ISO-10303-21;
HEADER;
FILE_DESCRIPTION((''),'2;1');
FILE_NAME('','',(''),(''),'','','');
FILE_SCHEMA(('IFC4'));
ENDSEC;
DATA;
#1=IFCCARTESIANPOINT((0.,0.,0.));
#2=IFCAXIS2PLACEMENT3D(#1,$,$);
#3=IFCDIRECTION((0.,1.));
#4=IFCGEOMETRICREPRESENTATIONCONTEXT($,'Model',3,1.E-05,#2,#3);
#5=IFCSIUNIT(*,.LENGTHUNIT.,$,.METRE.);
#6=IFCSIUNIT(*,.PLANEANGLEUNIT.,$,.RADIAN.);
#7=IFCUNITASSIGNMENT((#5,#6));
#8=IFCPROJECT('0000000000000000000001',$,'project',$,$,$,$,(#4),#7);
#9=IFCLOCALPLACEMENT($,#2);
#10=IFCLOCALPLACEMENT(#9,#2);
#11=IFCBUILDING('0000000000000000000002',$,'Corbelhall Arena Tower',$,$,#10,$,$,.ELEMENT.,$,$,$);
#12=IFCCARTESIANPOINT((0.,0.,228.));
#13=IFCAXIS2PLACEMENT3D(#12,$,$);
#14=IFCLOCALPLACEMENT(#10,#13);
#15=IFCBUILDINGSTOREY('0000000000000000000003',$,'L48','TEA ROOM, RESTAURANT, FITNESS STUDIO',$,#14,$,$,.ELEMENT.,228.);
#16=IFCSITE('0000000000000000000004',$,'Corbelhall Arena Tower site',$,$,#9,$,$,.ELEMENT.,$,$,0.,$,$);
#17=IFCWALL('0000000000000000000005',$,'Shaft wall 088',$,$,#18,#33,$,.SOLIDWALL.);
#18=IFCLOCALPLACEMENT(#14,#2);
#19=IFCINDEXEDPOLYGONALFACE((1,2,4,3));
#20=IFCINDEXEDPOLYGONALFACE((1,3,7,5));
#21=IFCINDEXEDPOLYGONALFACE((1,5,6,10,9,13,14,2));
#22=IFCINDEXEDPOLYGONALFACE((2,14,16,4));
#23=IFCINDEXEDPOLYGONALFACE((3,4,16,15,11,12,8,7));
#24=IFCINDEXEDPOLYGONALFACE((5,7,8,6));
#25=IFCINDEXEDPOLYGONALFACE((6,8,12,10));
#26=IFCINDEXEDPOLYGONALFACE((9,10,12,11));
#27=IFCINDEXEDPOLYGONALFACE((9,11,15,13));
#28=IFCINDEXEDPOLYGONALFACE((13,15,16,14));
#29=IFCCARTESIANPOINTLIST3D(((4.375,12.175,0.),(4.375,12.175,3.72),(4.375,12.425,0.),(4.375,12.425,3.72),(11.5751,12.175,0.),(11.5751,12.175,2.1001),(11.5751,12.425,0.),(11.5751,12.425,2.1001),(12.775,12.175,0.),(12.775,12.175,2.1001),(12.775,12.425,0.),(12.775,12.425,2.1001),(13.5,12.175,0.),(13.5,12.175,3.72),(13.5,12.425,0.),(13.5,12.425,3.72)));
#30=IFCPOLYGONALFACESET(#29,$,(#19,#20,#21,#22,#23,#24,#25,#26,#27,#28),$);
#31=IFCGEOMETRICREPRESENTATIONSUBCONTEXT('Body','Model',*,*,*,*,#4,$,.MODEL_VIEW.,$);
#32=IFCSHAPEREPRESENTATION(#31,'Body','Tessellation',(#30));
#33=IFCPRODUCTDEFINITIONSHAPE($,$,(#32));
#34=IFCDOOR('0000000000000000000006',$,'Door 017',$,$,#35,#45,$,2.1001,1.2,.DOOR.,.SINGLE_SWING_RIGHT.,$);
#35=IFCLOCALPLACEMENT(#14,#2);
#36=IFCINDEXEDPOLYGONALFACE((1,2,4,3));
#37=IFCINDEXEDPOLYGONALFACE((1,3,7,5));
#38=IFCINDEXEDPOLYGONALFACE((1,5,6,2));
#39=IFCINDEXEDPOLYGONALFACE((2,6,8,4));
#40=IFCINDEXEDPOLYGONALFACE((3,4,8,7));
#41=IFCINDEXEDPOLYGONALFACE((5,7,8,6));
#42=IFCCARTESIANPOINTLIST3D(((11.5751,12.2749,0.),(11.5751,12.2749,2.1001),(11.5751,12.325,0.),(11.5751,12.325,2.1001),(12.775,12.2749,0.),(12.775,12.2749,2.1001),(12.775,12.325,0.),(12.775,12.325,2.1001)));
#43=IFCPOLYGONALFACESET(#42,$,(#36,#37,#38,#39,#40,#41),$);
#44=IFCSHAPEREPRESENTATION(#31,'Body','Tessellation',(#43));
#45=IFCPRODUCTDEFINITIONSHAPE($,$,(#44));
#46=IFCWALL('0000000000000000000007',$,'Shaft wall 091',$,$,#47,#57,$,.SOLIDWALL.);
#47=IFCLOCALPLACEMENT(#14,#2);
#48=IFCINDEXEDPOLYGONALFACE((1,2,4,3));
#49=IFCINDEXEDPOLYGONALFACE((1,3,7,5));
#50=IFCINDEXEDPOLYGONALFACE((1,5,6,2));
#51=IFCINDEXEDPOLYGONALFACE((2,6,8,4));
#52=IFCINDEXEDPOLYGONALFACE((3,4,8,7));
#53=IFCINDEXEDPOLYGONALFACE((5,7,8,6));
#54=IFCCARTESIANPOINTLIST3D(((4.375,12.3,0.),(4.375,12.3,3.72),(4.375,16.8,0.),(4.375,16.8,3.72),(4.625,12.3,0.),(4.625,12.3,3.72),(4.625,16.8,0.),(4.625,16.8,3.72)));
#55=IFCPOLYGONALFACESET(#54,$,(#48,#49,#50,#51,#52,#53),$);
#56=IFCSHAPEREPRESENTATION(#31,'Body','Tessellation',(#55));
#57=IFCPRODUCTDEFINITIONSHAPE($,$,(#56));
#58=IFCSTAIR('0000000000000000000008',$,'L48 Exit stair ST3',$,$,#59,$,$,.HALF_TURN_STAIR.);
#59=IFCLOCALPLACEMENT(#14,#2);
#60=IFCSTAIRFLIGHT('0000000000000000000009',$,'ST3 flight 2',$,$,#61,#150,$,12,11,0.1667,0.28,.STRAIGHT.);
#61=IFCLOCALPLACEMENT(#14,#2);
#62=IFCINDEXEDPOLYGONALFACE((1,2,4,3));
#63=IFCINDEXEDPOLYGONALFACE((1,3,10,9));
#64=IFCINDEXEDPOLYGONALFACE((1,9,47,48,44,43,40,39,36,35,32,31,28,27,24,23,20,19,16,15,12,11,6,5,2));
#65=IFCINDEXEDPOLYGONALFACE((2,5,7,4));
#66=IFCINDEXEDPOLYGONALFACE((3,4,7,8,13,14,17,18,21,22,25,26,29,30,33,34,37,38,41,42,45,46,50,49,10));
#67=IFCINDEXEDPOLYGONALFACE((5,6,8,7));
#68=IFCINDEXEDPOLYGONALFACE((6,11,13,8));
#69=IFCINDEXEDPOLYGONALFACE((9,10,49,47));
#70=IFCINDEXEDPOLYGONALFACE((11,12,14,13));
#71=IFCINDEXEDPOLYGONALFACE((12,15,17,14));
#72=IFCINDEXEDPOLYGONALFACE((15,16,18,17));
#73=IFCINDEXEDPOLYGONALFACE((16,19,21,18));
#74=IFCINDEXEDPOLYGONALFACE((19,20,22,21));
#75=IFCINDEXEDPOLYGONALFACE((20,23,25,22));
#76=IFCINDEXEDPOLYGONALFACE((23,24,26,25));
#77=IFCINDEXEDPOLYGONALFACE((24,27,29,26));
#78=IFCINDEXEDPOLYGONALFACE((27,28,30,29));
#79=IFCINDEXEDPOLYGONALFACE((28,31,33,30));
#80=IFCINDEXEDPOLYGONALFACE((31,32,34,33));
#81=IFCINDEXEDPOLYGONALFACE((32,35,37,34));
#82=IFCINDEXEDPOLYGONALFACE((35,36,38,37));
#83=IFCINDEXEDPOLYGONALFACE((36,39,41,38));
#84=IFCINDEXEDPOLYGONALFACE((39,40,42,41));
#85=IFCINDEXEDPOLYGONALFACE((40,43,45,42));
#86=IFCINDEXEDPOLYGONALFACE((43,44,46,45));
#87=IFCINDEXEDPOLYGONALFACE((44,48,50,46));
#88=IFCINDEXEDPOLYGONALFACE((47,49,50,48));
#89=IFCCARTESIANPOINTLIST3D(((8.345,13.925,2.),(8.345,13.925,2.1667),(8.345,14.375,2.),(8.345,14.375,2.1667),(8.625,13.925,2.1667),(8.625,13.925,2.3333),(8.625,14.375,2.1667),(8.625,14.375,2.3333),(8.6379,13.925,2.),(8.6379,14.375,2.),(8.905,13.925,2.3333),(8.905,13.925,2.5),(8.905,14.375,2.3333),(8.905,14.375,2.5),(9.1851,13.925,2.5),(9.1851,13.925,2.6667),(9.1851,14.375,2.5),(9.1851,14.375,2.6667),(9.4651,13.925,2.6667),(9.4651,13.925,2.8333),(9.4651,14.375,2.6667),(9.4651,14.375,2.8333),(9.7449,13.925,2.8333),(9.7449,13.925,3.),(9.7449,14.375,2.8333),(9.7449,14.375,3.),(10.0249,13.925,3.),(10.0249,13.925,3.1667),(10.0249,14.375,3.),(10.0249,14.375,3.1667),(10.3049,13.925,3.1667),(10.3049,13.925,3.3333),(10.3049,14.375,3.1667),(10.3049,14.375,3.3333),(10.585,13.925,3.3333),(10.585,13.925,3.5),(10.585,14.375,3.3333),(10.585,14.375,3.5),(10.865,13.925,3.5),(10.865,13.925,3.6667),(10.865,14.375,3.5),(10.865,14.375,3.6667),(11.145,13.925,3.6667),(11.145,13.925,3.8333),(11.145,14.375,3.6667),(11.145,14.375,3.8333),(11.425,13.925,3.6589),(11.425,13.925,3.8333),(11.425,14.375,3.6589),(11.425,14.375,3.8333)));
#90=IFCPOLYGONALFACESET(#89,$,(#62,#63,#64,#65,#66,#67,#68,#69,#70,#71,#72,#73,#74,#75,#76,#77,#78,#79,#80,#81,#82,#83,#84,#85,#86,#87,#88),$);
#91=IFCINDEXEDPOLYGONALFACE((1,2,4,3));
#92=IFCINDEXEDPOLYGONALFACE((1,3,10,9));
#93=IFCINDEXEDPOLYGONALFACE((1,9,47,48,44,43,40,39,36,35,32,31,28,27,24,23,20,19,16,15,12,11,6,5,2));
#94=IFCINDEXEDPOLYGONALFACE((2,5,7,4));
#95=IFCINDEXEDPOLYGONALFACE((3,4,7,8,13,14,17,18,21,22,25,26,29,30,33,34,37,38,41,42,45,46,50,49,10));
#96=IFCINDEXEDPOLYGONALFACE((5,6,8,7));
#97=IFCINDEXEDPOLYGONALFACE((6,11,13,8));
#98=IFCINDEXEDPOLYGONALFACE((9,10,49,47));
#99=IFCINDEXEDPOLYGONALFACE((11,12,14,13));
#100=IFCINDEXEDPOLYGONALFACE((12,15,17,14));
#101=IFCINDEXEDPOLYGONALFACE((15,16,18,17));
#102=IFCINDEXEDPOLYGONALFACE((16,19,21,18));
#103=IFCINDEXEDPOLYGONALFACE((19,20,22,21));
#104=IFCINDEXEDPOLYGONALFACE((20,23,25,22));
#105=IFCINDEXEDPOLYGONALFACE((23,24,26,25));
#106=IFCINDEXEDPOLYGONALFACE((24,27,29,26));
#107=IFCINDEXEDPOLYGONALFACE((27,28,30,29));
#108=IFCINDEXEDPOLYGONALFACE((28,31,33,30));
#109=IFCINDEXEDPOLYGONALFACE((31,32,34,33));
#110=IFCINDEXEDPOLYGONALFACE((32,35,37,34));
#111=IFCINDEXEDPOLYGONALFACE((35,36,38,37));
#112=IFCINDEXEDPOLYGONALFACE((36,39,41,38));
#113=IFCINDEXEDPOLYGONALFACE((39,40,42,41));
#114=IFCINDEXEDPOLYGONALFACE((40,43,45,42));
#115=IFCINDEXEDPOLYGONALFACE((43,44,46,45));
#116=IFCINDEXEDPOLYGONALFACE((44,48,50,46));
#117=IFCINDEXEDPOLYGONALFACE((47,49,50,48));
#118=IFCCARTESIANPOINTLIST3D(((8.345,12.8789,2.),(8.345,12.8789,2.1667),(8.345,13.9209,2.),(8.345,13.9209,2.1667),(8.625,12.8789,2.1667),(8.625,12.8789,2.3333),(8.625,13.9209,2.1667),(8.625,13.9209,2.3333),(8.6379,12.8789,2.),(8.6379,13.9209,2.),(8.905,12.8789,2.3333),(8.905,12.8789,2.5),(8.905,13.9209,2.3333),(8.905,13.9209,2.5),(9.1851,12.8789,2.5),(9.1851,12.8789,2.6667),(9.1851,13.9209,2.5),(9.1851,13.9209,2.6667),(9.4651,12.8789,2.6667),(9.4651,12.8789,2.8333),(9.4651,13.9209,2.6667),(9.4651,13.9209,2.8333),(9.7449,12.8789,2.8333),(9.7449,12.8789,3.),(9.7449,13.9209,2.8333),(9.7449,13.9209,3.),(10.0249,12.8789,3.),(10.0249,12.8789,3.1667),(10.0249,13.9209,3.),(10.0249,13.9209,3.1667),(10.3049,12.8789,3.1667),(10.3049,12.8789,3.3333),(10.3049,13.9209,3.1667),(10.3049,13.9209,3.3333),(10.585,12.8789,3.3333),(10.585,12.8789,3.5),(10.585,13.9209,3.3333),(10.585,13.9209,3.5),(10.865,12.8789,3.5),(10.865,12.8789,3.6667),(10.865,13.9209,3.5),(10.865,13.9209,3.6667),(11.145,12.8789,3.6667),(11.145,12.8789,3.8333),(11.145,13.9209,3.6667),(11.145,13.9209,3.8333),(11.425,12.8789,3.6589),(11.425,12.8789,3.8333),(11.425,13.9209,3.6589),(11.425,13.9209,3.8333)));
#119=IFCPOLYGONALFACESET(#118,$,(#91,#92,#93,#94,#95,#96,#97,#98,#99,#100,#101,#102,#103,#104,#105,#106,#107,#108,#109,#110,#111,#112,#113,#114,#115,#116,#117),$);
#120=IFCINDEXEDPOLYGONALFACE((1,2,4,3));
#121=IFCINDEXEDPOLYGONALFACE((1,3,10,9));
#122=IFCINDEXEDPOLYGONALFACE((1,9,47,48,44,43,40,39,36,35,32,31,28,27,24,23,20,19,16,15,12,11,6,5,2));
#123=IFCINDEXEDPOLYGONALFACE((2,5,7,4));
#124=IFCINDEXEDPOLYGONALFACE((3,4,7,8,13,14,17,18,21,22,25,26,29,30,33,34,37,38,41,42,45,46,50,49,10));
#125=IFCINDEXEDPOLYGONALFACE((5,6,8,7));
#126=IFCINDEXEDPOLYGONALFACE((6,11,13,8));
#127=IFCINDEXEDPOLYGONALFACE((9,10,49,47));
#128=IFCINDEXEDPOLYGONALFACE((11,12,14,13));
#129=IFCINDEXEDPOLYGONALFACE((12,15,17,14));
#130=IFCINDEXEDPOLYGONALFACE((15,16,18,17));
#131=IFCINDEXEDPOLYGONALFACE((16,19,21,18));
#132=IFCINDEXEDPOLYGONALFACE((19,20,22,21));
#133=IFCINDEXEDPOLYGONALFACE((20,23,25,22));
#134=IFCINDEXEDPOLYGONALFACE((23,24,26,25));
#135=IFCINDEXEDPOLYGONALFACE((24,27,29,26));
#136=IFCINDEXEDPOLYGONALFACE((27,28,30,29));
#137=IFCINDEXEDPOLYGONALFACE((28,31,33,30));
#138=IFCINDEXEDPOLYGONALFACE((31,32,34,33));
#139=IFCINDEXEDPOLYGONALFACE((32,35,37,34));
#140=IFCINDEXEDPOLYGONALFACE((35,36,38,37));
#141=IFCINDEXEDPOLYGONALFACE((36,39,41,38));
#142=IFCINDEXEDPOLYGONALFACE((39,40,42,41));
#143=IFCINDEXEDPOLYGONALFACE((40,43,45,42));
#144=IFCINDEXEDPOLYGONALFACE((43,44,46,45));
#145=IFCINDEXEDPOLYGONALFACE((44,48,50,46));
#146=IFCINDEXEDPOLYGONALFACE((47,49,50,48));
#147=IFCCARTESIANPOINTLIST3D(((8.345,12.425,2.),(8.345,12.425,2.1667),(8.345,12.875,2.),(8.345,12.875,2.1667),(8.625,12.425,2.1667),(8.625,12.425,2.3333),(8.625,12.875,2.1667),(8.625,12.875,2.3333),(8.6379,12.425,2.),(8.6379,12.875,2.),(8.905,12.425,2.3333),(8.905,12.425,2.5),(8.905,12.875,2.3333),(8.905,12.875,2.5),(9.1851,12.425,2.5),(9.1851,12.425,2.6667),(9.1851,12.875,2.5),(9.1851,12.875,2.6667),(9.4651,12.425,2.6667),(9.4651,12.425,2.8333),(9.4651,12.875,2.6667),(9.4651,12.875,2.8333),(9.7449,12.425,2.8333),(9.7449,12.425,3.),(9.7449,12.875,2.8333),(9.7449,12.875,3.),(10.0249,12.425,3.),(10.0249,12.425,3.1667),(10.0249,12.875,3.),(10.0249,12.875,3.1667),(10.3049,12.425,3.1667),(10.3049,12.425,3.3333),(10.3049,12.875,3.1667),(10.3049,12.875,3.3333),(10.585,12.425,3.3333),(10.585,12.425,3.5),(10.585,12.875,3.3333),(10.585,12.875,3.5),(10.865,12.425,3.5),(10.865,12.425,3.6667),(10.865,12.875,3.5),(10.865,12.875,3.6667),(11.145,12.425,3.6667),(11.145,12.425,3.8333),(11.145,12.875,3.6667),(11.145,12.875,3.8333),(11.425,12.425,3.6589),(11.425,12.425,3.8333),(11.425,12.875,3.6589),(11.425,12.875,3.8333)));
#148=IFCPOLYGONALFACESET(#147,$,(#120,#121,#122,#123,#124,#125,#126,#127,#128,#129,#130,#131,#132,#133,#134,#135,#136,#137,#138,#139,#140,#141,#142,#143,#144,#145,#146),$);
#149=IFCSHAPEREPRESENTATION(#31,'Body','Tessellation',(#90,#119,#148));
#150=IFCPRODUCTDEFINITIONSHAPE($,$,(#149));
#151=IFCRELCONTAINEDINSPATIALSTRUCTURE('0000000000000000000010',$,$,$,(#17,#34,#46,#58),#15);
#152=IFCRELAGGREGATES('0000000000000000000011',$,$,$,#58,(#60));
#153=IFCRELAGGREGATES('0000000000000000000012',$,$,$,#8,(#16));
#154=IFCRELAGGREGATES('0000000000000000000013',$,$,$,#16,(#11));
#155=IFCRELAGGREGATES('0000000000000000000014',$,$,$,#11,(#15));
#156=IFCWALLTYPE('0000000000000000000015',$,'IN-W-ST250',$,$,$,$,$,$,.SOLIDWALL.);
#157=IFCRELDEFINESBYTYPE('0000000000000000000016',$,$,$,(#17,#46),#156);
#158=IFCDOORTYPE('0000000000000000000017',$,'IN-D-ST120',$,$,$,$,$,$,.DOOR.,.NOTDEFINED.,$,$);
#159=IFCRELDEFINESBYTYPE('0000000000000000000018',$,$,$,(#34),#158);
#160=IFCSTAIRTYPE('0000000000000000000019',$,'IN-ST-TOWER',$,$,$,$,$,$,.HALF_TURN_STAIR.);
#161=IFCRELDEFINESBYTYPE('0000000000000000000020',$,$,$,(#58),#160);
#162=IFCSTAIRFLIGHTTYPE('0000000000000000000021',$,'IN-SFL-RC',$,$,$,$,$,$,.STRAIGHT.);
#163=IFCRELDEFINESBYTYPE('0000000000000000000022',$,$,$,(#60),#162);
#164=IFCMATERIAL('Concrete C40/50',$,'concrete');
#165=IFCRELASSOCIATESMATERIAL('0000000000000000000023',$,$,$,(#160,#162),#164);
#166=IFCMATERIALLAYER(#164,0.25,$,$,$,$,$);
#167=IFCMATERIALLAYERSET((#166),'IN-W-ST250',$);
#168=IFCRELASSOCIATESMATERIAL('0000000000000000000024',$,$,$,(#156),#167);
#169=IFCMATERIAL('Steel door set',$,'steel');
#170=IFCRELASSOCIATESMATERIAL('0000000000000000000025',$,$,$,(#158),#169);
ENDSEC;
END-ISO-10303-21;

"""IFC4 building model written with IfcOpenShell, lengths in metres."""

from ifc_helpers import new_model, si_unit, direction, frame, frame_2d, origin, place, context, subcontext, project, spatial, polyline, rectangle, outline, extrude, material, layer, layer_set, type_object, element, fill, aggregate, save


model = new_model("IFC4")

# Units and contexts
model_context = context("Model", 3, precision=1e-05, world=origin(), true_north=direction((0.0, 1.0)))
body_context = subcontext(model_context, "Body", "Model", "MODEL_VIEW")
ifc_project = project(units=[si_unit("LENGTHUNIT", "METRE"), si_unit("PLANEANGLEUNIT", "RADIAN")], contexts=[model_context])

# Site, building, storey
site_placement = place(None, origin())
site = spatial("IfcSite", under=ifc_project, at=site_placement, Name="Corbelhall Arena Tower site", CompositionType="ELEMENT", RefElevation=0.0)
building_placement = place(site_placement, origin())
building = spatial("IfcBuilding", under=site, at=building_placement, Name="Corbelhall Arena Tower", CompositionType="ELEMENT")
storey_placement = place(building_placement, frame((0.0, 0.0, 228.0)))
storey = spatial("IfcBuildingStorey", under=building, at=storey_placement, Name="L48", Description="TEA ROOM, RESTAURANT, FITNESS STUDIO", CompositionType="ELEMENT", Elevation=228.0)

# Shared definitions
ifc_material_1 = material(Name="Concrete C40/50", Category="concrete")
stair_type = type_object("IfcStairType", Name="IN-ST-TOWER", PredefinedType="HALF_TURN_STAIR", material=ifc_material_1)

# Shared definitions
ifc_material_2 = material(Name="Steel door set", Category="steel")

# Wall, opening, door
ifc_layer_1 = layer(ifc_material_1, 0.25)
ifc_layer_set_1 = layer_set([ifc_layer_1], Name="IN-W-ST250")
wall_type_1 = type_object("IfcWallType", Name="IN-W-ST250", PredefinedType="SOLIDWALL", material=ifc_layer_set_1)
wall_1_placement = place(storey_placement, frame((4.375, 12.3, 0.0), z_axis=(0.0, 0.0, 1.0), x_axis=(1.0, 0.0, 0.0)))
wall_1 = element("IfcWall", 1, at=wall_1_placement, inside=storey, type_object=wall_type_1, Name="Shaft wall 088", PredefinedType="SOLIDWALL", context=body_context, shape_type="SweptSolid", body=[
    extrude(rectangle(XDim=9.125, YDim=0.25, at=frame_2d((4.5625, 0.0))), origin(), (0.0, 0.0, 1.0), 3.72),
])
opening_1_placement = place(wall_1_placement, frame((7.2, 0.0, 0.0)))
opening_1 = element("IfcOpeningElement", 2, at=opening_1_placement, cuts=wall_1, PredefinedType="OPENING", context=body_context, shape_type="SweptSolid", body=[
    extrude(rectangle(XDim=1.2, YDim=2.1001, at=frame_2d((0.6001, 1.05))), frame((0.0, 0.125, 0.0), z_axis=(0.0, -1.0, 0.0), x_axis=(1.0, 0.0, 0.0)), (0.0, 0.0, 1.0), 0.25),
])
door_type_1 = type_object("IfcDoorType", Name="IN-D-ST120", OperationType="NOTDEFINED", PredefinedType="DOOR", material=ifc_material_2)
door_1_placement = place(opening_1_placement, origin())
door_1 = element("IfcDoor", 3, at=door_1_placement, inside=storey, type_object=door_type_1, Name="Door 017", OperationType="SINGLE_SWING_RIGHT", OverallHeight=2.1001, OverallWidth=1.2, PredefinedType="DOOR", context=body_context, shape_type="SweptSolid", body=[
    extrude(rectangle(XDim=1.2, YDim=2.1001, at=frame_2d((0.6001, 1.05))), frame((0.0, 0.0249, 0.0), z_axis=(0.0, -1.0, 0.0), x_axis=(1.0, 0.0, 0.0)), (0.0, 0.0, 1.0), 0.05),
])
fill(opening_1, door_1)

# Wall
wall_2_placement = place(storey_placement, frame((4.5, 12.3, 0.0), z_axis=(0.0, 0.0, 1.0), x_axis=(0.0, 1.0, 0.0)))
element("IfcWall", 4, at=wall_2_placement, inside=storey, type_object=wall_type_1, Name="Shaft wall 091", PredefinedType="SOLIDWALL", context=body_context, shape_type="SweptSolid", body=[
    extrude(rectangle(XDim=4.5, YDim=0.25, at=frame_2d((2.25, 0.0))), origin(), (0.0, 0.0, 1.0), 3.72),
])

# Stair, stair flight
stair_1_placement = place(storey_placement, origin())
stair_1 = element("IfcStair", 5, at=stair_1_placement, inside=storey, type_object=stair_type, Name="L48 Exit stair ST3", PredefinedType="HALF_TURN_STAIR")
stair_flight_type = type_object("IfcStairFlightType", Name="IN-SFL-RC", PredefinedType="STRAIGHT", material=ifc_material_1)
stair_flight_placement = place(storey_placement, frame((8.345, 13.3999, 2.0), z_axis=(0.0, 0.0, 1.0), x_axis=(1.0, 0.0, 0.0)))
stair_flight = element("IfcStairFlight", 6, at=stair_flight_placement, type_object=stair_flight_type, Name="ST3 flight 2", NumberOfRisers=12, NumberOfTreads=11, PredefinedType="STRAIGHT", RiserHeight=0.1667, TreadLength=0.28, context=body_context, shape_type="SweptSolid", body=[
    extrude(outline(polyline([(0.0, 0.0), (0.0, 0.1667), (0.28, 0.1667), (0.28, 0.3333), (0.5601, 0.3333), (0.5601, 0.5), (0.8401, 0.5), (0.8401, 0.6667), (1.1201, 0.6667), (1.1201, 0.8333), (1.3999, 0.8333), (1.3999, 1.0), (1.6799, 1.0), (1.6799, 1.1667), (1.96, 1.1667), (1.96, 1.3333), (2.24, 1.3333), (2.24, 1.5), (2.52, 1.5), (2.52, 1.6667), (2.8, 1.6667), (2.8, 1.8333), (3.0801, 1.8333), (3.0801, 2.0), (3.0801, 1.6589), (0.293, 0.0), (0.0, 0.0)])), frame((0.0, 0.9751, 0.0), z_axis=(0.0, -1.0, 0.0), x_axis=(1.0, 0.0, 0.0)), (0.0, 0.0, 1.0), 0.45),
    extrude(outline(polyline([(0.0, 0.0), (0.0, 0.1667), (0.28, 0.1667), (0.28, 0.3333), (0.5601, 0.3333), (0.5601, 0.5), (0.8401, 0.5), (0.8401, 0.6667), (1.1201, 0.6667), (1.1201, 0.8333), (1.3999, 0.8333), (1.3999, 1.0), (1.6799, 1.0), (1.6799, 1.1667), (1.96, 1.1667), (1.96, 1.3333), (2.24, 1.3333), (2.24, 1.5), (2.52, 1.5), (2.52, 1.6667), (2.8, 1.6667), (2.8, 1.8333), (3.0801, 1.8333), (3.0801, 2.0), (3.0801, 1.6589), (0.293, 0.0), (0.0, 0.0)])), frame((0.0, 0.521, 0.0), z_axis=(0.0, -1.0, 0.0), x_axis=(1.0, 0.0, 0.0)), (0.0, 0.0, 1.0), 1.042),
    extrude(outline(polyline([(0.0, 0.0), (0.0, 0.1667), (0.28, 0.1667), (0.28, 0.3333), (0.5601, 0.3333), (0.5601, 0.5), (0.8401, 0.5), (0.8401, 0.6667), (1.1201, 0.6667), (1.1201, 0.8333), (1.3999, 0.8333), (1.3999, 1.0), (1.6799, 1.0), (1.6799, 1.1667), (1.96, 1.1667), (1.96, 1.3333), (2.24, 1.3333), (2.24, 1.5), (2.52, 1.5), (2.52, 1.6667), (2.8, 1.6667), (2.8, 1.8333), (3.0801, 1.8333), (3.0801, 2.0), (3.0801, 1.6589), (0.293, 0.0), (0.0, 0.0)])), frame((0.0, -0.5249, 0.0), z_axis=(0.0, -1.0, 0.0), x_axis=(1.0, 0.0, 0.0)), (0.0, 0.0, 1.0), 0.45),
])
aggregate(stair_1, [stair_flight])

save(model, "model.ifc")
